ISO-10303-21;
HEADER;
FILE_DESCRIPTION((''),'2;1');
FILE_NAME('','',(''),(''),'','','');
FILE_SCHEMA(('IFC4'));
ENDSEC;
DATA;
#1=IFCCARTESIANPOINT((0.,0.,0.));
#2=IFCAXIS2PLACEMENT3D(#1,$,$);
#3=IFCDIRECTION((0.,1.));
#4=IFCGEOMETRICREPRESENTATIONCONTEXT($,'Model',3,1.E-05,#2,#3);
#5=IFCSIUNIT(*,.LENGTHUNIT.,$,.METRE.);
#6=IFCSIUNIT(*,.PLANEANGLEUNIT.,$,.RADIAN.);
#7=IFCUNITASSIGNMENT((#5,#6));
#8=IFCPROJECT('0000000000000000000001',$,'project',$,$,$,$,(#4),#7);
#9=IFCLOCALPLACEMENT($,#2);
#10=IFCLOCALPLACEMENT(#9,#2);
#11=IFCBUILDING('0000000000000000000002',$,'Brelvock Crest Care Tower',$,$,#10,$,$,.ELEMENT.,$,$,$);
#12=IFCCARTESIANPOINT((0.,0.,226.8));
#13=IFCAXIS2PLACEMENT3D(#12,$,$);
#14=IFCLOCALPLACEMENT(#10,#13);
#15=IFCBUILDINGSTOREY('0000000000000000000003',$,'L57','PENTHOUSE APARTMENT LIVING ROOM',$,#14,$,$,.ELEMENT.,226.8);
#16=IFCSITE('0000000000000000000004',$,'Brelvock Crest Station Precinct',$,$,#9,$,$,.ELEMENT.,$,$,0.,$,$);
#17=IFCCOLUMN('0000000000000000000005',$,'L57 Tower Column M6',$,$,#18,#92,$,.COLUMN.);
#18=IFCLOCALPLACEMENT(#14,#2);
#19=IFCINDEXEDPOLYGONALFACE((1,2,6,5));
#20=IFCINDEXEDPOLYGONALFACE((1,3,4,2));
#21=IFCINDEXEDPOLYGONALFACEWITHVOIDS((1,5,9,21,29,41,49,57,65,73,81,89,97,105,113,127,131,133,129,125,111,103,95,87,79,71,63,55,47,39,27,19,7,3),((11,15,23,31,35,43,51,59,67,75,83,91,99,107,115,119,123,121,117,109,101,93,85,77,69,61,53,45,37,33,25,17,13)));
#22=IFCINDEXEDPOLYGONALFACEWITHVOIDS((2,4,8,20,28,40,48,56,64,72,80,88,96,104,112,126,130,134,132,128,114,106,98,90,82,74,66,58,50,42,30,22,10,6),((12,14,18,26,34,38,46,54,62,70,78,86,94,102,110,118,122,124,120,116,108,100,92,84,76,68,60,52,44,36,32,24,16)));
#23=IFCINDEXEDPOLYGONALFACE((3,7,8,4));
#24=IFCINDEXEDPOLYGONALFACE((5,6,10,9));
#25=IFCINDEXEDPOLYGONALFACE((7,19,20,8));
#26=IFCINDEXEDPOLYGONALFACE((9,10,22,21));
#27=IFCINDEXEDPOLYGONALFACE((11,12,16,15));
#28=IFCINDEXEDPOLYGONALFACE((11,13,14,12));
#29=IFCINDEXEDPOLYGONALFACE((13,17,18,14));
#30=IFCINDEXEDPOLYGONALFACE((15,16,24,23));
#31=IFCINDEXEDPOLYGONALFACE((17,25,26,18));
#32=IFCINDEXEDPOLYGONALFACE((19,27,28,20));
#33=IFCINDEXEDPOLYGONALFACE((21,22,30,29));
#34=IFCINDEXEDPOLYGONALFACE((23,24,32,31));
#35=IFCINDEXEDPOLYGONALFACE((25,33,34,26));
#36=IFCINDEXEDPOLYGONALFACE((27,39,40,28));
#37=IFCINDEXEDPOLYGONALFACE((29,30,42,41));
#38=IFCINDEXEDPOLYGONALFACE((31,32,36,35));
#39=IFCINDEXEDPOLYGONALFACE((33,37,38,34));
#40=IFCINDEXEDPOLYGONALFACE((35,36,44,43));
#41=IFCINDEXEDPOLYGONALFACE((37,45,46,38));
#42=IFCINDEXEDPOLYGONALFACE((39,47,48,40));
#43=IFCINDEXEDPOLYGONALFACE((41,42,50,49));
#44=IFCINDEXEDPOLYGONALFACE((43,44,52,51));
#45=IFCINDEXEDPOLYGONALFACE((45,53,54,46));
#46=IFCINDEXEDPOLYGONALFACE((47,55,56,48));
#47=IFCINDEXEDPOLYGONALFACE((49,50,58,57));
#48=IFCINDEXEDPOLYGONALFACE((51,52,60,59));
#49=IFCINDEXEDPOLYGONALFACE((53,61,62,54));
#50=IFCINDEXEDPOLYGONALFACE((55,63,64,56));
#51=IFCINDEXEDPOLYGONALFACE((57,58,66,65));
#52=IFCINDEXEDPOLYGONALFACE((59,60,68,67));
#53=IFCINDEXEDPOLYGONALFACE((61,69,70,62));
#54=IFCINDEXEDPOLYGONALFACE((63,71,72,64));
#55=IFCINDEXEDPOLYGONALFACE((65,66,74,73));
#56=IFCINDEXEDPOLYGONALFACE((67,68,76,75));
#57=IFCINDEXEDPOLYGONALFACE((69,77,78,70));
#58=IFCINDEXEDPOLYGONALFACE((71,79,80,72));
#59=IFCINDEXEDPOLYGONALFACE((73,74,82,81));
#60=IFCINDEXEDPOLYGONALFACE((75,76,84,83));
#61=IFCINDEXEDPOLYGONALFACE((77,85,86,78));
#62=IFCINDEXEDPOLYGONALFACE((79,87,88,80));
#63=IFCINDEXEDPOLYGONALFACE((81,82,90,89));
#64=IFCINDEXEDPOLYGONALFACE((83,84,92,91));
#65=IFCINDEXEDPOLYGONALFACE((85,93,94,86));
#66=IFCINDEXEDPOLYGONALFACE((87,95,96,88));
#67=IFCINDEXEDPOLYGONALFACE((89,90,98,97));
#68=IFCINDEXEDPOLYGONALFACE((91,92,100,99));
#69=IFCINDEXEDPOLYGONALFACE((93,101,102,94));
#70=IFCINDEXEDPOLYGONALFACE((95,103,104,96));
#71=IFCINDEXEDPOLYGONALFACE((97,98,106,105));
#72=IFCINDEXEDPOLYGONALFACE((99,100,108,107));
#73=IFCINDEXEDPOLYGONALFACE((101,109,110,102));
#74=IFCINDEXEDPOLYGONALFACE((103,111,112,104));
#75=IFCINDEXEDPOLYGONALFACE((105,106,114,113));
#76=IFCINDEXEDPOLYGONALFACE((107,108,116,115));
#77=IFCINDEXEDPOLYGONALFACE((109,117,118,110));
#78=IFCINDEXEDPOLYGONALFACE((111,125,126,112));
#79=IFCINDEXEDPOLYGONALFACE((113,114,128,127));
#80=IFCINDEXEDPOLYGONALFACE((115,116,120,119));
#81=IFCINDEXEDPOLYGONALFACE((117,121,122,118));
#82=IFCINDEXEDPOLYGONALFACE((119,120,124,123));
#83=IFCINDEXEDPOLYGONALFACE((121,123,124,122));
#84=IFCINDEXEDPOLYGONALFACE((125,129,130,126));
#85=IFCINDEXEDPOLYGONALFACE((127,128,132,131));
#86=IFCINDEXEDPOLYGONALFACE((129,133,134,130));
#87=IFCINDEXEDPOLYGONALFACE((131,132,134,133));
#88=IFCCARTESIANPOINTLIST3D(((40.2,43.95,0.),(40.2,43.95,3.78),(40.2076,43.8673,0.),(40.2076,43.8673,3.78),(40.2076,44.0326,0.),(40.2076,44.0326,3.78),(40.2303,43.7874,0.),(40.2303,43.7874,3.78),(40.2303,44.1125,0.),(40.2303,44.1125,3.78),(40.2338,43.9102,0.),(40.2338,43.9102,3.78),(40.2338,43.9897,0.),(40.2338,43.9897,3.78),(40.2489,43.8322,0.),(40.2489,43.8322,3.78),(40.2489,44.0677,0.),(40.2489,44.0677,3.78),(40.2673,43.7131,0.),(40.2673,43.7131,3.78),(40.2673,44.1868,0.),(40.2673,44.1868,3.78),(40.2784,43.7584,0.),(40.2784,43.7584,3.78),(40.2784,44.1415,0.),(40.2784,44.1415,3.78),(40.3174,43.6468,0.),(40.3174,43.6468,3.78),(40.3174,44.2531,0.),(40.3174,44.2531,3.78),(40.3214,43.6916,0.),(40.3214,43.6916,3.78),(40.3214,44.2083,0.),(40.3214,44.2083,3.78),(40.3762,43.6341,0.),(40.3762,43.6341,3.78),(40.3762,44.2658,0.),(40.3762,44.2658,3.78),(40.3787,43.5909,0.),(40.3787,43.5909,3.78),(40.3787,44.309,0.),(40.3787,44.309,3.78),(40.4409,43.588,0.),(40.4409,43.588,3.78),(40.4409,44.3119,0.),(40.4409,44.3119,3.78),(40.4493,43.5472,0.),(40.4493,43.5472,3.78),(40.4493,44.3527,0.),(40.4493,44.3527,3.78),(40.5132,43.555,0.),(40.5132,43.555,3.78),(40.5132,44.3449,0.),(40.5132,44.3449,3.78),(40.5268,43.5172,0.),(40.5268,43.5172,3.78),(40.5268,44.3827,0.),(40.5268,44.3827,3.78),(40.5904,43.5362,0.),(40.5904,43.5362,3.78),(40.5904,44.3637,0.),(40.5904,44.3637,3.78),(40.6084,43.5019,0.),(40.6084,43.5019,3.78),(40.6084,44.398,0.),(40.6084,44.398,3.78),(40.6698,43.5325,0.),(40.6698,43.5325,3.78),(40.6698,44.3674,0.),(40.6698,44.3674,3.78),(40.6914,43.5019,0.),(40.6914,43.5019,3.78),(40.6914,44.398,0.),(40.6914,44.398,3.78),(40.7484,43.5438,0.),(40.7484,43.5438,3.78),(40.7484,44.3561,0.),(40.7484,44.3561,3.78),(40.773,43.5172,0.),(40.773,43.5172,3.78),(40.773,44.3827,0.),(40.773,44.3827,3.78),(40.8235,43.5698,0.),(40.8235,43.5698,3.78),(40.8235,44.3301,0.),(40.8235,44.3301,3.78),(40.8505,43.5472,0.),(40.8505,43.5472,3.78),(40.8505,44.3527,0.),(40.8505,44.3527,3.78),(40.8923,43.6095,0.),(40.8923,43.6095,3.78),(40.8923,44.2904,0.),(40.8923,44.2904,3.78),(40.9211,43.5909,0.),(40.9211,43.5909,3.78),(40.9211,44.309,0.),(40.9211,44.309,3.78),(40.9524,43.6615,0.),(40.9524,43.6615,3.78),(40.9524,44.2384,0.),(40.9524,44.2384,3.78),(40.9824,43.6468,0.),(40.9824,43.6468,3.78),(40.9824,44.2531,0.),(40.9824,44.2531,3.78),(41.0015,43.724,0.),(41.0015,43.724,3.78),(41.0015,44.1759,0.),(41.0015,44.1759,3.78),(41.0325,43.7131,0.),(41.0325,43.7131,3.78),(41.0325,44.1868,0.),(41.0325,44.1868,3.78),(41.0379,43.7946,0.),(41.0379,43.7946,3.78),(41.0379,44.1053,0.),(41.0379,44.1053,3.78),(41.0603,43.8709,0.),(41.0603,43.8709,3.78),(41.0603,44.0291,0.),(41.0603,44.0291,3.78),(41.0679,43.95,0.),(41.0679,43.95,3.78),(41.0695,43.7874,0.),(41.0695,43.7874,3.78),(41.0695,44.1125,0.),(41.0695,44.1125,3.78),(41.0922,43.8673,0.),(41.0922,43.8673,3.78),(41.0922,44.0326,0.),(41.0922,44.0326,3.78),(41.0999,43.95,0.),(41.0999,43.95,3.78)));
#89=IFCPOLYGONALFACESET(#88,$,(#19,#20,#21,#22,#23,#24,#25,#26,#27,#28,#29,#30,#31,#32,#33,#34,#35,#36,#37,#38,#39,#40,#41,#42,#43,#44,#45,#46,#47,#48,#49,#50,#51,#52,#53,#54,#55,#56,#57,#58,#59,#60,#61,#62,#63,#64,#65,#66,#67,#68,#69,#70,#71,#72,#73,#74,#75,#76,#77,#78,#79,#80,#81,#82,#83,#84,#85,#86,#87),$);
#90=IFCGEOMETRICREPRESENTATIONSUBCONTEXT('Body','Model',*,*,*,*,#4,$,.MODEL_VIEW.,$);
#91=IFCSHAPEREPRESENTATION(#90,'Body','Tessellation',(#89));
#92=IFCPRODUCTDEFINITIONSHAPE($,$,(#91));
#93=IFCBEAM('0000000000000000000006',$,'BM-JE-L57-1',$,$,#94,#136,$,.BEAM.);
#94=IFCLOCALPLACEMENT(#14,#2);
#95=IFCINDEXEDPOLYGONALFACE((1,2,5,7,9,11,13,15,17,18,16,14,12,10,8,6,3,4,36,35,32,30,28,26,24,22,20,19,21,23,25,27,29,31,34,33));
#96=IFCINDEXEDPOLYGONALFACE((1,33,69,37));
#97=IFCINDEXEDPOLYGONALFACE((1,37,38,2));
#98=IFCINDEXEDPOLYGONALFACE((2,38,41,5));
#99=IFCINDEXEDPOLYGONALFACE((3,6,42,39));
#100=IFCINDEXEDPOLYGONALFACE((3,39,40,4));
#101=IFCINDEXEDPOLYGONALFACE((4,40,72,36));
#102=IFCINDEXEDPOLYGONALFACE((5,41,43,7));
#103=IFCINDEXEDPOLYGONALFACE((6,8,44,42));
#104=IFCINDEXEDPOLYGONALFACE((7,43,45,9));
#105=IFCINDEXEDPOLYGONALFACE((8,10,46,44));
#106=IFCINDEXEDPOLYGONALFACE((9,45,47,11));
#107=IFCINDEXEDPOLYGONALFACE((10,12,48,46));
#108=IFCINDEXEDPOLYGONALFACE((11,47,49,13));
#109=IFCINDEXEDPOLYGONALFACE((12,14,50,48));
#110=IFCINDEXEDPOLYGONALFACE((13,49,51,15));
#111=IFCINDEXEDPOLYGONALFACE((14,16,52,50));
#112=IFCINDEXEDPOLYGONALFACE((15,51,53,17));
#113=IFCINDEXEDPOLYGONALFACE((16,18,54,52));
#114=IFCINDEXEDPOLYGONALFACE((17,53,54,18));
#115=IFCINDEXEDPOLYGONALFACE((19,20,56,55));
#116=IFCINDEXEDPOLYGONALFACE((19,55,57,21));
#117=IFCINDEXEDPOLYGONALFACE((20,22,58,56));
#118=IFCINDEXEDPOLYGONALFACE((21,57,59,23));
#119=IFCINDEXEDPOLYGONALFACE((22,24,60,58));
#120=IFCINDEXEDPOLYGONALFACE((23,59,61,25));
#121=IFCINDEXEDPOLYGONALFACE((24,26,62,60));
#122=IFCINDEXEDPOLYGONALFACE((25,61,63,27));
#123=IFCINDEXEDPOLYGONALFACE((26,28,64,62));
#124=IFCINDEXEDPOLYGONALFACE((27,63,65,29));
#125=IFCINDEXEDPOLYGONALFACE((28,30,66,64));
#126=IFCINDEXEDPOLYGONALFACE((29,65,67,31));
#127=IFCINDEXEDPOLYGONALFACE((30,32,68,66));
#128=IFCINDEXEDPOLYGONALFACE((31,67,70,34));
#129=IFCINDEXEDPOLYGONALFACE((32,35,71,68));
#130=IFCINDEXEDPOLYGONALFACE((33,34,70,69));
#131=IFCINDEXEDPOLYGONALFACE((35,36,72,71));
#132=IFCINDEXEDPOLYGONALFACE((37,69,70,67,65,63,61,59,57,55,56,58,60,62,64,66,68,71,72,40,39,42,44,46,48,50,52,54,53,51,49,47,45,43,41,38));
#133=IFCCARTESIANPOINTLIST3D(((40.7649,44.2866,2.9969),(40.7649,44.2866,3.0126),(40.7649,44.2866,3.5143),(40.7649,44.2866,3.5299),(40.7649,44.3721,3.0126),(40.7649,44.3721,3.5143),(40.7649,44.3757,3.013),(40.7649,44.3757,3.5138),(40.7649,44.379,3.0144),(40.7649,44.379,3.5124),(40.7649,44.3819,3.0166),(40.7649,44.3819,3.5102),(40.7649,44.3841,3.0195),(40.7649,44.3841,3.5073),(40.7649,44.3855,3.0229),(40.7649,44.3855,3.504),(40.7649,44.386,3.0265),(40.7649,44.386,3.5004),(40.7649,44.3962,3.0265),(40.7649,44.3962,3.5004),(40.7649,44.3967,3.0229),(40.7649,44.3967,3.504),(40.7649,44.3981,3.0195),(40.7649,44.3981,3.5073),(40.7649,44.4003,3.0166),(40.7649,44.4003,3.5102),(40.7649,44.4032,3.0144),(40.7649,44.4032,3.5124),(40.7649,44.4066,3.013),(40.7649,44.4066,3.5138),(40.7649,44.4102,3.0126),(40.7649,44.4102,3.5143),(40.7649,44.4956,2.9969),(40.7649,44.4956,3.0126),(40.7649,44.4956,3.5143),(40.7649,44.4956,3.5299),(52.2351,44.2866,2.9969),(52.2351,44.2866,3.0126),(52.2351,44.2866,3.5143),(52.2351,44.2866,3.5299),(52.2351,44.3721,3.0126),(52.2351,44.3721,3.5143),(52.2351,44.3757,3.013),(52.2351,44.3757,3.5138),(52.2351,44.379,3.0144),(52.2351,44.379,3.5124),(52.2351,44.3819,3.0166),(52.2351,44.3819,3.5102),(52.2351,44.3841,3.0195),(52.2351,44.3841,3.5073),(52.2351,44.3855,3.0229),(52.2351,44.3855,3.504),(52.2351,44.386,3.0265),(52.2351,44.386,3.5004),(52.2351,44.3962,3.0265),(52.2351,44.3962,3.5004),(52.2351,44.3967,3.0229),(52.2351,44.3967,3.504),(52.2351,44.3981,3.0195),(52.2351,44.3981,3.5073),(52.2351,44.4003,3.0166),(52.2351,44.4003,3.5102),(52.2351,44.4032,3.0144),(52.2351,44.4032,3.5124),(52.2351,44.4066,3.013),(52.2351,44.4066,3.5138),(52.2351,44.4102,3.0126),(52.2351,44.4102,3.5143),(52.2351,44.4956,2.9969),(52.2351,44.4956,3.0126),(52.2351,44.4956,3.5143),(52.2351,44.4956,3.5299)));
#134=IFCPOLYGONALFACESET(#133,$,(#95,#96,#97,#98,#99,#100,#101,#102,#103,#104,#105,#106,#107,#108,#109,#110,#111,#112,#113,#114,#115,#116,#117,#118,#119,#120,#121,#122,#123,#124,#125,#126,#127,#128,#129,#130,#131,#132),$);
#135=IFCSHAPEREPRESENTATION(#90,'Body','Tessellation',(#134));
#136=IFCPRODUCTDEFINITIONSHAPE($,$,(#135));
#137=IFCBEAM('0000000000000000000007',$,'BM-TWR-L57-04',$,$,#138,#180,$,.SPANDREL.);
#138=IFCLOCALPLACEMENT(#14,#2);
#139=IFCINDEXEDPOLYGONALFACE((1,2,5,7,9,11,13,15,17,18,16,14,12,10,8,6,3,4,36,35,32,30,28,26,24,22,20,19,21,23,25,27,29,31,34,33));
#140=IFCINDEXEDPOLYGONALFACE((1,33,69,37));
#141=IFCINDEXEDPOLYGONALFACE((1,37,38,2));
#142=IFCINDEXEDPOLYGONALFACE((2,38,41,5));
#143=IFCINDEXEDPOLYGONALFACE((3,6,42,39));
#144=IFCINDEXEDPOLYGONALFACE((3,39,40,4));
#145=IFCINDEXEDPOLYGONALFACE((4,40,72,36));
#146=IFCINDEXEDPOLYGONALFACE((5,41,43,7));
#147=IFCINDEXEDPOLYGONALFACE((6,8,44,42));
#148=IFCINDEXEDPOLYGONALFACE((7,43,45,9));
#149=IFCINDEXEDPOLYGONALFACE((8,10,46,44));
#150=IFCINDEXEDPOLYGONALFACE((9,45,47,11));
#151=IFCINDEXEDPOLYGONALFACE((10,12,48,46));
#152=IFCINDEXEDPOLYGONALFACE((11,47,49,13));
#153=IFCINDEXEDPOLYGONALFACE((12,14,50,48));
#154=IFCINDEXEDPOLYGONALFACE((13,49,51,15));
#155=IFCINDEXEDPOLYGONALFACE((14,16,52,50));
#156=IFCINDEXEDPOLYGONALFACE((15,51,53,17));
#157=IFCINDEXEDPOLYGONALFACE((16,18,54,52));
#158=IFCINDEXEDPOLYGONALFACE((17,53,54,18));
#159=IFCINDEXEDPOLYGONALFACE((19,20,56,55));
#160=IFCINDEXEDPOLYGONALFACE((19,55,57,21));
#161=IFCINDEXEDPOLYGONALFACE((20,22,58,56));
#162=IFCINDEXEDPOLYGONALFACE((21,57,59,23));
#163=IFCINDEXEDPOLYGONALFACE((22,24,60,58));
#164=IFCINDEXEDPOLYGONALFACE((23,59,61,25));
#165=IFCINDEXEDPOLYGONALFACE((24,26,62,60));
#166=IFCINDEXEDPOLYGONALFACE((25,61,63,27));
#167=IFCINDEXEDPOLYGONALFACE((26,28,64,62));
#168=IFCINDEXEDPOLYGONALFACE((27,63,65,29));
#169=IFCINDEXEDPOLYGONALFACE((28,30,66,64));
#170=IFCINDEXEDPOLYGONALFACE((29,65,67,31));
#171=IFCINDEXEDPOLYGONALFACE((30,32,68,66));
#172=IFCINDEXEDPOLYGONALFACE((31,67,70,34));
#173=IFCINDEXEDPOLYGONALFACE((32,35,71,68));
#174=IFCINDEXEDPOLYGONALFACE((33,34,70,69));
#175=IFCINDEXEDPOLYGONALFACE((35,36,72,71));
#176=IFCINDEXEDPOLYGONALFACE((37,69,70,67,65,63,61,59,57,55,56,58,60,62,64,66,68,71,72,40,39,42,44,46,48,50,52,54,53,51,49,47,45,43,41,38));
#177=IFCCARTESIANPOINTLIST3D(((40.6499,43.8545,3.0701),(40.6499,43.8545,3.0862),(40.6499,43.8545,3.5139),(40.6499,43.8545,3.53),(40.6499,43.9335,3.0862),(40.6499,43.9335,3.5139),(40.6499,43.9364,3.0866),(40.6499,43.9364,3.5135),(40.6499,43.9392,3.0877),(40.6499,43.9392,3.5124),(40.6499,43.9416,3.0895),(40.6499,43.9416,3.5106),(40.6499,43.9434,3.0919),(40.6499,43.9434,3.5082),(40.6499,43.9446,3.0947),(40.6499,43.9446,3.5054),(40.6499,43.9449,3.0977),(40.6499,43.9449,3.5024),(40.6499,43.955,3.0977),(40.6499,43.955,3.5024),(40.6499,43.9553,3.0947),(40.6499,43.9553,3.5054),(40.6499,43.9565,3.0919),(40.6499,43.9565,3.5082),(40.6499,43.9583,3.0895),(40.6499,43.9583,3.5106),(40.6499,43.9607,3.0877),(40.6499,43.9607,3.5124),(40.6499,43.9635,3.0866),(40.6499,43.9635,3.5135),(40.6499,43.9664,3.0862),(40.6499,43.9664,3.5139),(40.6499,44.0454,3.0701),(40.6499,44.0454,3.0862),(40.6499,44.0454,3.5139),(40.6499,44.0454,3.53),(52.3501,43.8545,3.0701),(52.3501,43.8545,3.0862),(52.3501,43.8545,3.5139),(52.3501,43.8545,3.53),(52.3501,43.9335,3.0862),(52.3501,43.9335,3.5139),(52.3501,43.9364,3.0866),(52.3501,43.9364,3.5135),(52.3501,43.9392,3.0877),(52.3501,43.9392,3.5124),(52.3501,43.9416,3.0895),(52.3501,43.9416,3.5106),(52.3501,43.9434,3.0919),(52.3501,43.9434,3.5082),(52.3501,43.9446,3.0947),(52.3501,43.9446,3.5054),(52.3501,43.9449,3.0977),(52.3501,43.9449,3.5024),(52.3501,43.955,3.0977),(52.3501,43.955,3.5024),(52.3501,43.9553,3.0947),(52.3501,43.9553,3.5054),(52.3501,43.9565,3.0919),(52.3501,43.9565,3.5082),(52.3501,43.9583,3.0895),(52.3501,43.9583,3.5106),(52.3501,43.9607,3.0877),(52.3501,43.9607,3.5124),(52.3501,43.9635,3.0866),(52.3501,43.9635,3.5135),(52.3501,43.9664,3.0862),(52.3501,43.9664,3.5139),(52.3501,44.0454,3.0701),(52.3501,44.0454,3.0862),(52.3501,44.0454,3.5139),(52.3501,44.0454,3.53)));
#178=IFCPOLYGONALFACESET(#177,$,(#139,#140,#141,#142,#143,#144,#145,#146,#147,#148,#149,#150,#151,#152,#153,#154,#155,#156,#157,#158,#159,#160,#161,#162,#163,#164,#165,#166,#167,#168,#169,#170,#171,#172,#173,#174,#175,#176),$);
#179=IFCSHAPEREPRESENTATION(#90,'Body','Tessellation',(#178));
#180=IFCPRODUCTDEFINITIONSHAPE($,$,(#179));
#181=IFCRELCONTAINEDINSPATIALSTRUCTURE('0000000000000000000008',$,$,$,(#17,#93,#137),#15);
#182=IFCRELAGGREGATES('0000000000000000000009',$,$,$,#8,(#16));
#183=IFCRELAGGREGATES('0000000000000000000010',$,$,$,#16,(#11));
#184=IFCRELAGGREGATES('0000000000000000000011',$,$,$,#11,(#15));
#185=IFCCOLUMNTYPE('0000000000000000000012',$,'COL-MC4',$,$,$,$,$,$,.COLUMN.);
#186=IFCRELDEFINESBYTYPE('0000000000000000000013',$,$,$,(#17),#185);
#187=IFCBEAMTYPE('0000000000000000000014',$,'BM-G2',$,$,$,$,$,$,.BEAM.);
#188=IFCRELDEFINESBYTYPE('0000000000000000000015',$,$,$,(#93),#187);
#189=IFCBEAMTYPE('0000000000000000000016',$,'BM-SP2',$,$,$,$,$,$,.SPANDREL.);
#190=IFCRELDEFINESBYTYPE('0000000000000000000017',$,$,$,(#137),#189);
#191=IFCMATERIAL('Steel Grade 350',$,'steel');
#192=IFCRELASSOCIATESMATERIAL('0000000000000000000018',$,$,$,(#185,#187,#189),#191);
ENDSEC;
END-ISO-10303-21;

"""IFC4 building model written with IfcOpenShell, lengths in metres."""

from ifc_helpers import new_model, si_unit, direction, frame, origin, origin_2d, place, context, subcontext, project, spatial, hollow_circle, i_section, extrude, source, transform, mapped, material, material_profile, profile_set, type_object, element, save


model = new_model("IFC4")

# Units and contexts
model_context = context("Model", 3, precision=1e-05, world=origin(), true_north=direction((0.0, 1.0)))
body_context = subcontext(model_context, "Body", "Model", "MODEL_VIEW")
ifc_project = project(units=[si_unit("LENGTHUNIT", "METRE"), si_unit("PLANEANGLEUNIT", "RADIAN")], contexts=[model_context])

# Site, building, storey
site_placement = place(None, origin())
site = spatial("IfcSite", under=ifc_project, at=site_placement, Name="Brelvock Crest Station Precinct", CompositionType="ELEMENT", RefElevation=0.0)
building_placement = place(site_placement, origin())
building = spatial("IfcBuilding", under=site, at=building_placement, Name="Brelvock Crest Care Tower", CompositionType="ELEMENT")
storey_placement = place(building_placement, frame((0.0, 0.0, 226.8)))
storey = spatial("IfcBuildingStorey", under=building, at=storey_placement, Name="L57", Description="PENTHOUSE APARTMENT LIVING ROOM", CompositionType="ELEMENT", Elevation=226.8)

# Column
ifc_material_1 = material(Name="Steel Grade 350", Category="steel")
ifc_material_profile_1 = material_profile(ifc_material_1, hollow_circle(Radius=0.45, WallThickness=0.032, at=origin_2d()), Name="CFT900x32")
ifc_profile_set_1 = profile_set([ifc_material_profile_1], Name="Steel Grade 350")
column_type = type_object("IfcColumnType", Name="COL-MC4", PredefinedType="COLUMN", material=ifc_profile_set_1)
shared_shape_1 = source(origin(), body_context, "Body", "SweptSolid", [
    extrude(hollow_circle(Radius=0.45, WallThickness=0.032, at=origin_2d()), origin(), (0.0, 0.0, 1.0), 3.78),
])
column_placement = place(storey_placement, frame((40.6499, 43.95, 0.0), z_axis=(0.0, 0.0, 1.0), x_axis=(1.0, 0.0, 0.0)))
element("IfcColumn", 1, at=column_placement, inside=storey, type_object=column_type, Name="L57 Tower Column M6", PredefinedType="COLUMN", context=body_context, shape_type="MappedRepresentation", body=[
    mapped(shared_shape_1, transform((0.0, 0.0, 0.0), x_axis=(1.0, 0.0, 0.0), y_axis=(0.0, 1.0, 0.0), z_axis=(0.0, 0.0, 1.0), scale=1.0)),
])

# Beams
ifc_material_profile_2 = material_profile(ifc_material_1, i_section(OverallWidth=0.209, OverallDepth=0.533, WebThickness=0.0103, FlangeThickness=0.0156, FilletRadius=0.0139, at=origin_2d()), Name="530UB92.4")
ifc_profile_set_2 = profile_set([ifc_material_profile_2], Name="Steel Grade 350")
beam_type_1 = type_object("IfcBeamType", Name="BM-G2", PredefinedType="BEAM", material=ifc_profile_set_2)
shared_shape_2 = source(origin(), body_context, "Body", "SweptSolid", [
    extrude(i_section(OverallWidth=0.209, OverallDepth=0.533, WebThickness=0.0103, FlangeThickness=0.0156, FilletRadius=0.0139, at=origin_2d()), origin(), (0.0, 0.0, 1.0), 11.4702),
])
beam_1_placement = place(storey_placement, frame((40.7649, 44.3911, 3.2634), z_axis=(1.0, 0.0, 0.0), x_axis=(0.0, 1.0, 0.0)))
element("IfcBeam", 2, at=beam_1_placement, inside=storey, type_object=beam_type_1, Name="BM-JE-L57-1", PredefinedType="BEAM", context=body_context, shape_type="MappedRepresentation", body=[
    mapped(shared_shape_2, transform((0.0, 0.0, 0.0), x_axis=(1.0, 0.0, 0.0), y_axis=(0.0, 1.0, 0.0), z_axis=(0.0, 0.0, 1.0), scale=1.0)),
])
ifc_material_profile_3 = material_profile(ifc_material_1, i_section(OverallWidth=0.1909, OverallDepth=0.46, WebThickness=0.01, FlangeThickness=0.0161, FilletRadius=0.0115, at=origin_2d()), Name="460UB82.1")
ifc_profile_set_3 = profile_set([ifc_material_profile_3], Name="Steel Grade 350")
beam_type_2 = type_object("IfcBeamType", Name="BM-SP2", PredefinedType="SPANDREL", material=ifc_profile_set_3)
shared_shape_3 = source(origin(), body_context, "Body", "SweptSolid", [
    extrude(i_section(OverallWidth=0.1909, OverallDepth=0.46, WebThickness=0.01, FlangeThickness=0.0161, FilletRadius=0.0115, at=origin_2d()), origin(), (0.0, 0.0, 1.0), 11.7002),
])
beam_2_placement = place(storey_placement, frame((40.6499, 43.95, 3.3), z_axis=(1.0, 0.0, 0.0), x_axis=(0.0, 1.0, 0.0)))
element("IfcBeam", 3, at=beam_2_placement, inside=storey, type_object=beam_type_2, Name="BM-TWR-L57-04", PredefinedType="SPANDREL", context=body_context, shape_type="MappedRepresentation", body=[
    mapped(shared_shape_3, transform((0.0, 0.0, 0.0), x_axis=(1.0, 0.0, 0.0), y_axis=(0.0, 1.0, 0.0), z_axis=(0.0, 0.0, 1.0), scale=1.0)),
])

save(model, "model.ifc")
